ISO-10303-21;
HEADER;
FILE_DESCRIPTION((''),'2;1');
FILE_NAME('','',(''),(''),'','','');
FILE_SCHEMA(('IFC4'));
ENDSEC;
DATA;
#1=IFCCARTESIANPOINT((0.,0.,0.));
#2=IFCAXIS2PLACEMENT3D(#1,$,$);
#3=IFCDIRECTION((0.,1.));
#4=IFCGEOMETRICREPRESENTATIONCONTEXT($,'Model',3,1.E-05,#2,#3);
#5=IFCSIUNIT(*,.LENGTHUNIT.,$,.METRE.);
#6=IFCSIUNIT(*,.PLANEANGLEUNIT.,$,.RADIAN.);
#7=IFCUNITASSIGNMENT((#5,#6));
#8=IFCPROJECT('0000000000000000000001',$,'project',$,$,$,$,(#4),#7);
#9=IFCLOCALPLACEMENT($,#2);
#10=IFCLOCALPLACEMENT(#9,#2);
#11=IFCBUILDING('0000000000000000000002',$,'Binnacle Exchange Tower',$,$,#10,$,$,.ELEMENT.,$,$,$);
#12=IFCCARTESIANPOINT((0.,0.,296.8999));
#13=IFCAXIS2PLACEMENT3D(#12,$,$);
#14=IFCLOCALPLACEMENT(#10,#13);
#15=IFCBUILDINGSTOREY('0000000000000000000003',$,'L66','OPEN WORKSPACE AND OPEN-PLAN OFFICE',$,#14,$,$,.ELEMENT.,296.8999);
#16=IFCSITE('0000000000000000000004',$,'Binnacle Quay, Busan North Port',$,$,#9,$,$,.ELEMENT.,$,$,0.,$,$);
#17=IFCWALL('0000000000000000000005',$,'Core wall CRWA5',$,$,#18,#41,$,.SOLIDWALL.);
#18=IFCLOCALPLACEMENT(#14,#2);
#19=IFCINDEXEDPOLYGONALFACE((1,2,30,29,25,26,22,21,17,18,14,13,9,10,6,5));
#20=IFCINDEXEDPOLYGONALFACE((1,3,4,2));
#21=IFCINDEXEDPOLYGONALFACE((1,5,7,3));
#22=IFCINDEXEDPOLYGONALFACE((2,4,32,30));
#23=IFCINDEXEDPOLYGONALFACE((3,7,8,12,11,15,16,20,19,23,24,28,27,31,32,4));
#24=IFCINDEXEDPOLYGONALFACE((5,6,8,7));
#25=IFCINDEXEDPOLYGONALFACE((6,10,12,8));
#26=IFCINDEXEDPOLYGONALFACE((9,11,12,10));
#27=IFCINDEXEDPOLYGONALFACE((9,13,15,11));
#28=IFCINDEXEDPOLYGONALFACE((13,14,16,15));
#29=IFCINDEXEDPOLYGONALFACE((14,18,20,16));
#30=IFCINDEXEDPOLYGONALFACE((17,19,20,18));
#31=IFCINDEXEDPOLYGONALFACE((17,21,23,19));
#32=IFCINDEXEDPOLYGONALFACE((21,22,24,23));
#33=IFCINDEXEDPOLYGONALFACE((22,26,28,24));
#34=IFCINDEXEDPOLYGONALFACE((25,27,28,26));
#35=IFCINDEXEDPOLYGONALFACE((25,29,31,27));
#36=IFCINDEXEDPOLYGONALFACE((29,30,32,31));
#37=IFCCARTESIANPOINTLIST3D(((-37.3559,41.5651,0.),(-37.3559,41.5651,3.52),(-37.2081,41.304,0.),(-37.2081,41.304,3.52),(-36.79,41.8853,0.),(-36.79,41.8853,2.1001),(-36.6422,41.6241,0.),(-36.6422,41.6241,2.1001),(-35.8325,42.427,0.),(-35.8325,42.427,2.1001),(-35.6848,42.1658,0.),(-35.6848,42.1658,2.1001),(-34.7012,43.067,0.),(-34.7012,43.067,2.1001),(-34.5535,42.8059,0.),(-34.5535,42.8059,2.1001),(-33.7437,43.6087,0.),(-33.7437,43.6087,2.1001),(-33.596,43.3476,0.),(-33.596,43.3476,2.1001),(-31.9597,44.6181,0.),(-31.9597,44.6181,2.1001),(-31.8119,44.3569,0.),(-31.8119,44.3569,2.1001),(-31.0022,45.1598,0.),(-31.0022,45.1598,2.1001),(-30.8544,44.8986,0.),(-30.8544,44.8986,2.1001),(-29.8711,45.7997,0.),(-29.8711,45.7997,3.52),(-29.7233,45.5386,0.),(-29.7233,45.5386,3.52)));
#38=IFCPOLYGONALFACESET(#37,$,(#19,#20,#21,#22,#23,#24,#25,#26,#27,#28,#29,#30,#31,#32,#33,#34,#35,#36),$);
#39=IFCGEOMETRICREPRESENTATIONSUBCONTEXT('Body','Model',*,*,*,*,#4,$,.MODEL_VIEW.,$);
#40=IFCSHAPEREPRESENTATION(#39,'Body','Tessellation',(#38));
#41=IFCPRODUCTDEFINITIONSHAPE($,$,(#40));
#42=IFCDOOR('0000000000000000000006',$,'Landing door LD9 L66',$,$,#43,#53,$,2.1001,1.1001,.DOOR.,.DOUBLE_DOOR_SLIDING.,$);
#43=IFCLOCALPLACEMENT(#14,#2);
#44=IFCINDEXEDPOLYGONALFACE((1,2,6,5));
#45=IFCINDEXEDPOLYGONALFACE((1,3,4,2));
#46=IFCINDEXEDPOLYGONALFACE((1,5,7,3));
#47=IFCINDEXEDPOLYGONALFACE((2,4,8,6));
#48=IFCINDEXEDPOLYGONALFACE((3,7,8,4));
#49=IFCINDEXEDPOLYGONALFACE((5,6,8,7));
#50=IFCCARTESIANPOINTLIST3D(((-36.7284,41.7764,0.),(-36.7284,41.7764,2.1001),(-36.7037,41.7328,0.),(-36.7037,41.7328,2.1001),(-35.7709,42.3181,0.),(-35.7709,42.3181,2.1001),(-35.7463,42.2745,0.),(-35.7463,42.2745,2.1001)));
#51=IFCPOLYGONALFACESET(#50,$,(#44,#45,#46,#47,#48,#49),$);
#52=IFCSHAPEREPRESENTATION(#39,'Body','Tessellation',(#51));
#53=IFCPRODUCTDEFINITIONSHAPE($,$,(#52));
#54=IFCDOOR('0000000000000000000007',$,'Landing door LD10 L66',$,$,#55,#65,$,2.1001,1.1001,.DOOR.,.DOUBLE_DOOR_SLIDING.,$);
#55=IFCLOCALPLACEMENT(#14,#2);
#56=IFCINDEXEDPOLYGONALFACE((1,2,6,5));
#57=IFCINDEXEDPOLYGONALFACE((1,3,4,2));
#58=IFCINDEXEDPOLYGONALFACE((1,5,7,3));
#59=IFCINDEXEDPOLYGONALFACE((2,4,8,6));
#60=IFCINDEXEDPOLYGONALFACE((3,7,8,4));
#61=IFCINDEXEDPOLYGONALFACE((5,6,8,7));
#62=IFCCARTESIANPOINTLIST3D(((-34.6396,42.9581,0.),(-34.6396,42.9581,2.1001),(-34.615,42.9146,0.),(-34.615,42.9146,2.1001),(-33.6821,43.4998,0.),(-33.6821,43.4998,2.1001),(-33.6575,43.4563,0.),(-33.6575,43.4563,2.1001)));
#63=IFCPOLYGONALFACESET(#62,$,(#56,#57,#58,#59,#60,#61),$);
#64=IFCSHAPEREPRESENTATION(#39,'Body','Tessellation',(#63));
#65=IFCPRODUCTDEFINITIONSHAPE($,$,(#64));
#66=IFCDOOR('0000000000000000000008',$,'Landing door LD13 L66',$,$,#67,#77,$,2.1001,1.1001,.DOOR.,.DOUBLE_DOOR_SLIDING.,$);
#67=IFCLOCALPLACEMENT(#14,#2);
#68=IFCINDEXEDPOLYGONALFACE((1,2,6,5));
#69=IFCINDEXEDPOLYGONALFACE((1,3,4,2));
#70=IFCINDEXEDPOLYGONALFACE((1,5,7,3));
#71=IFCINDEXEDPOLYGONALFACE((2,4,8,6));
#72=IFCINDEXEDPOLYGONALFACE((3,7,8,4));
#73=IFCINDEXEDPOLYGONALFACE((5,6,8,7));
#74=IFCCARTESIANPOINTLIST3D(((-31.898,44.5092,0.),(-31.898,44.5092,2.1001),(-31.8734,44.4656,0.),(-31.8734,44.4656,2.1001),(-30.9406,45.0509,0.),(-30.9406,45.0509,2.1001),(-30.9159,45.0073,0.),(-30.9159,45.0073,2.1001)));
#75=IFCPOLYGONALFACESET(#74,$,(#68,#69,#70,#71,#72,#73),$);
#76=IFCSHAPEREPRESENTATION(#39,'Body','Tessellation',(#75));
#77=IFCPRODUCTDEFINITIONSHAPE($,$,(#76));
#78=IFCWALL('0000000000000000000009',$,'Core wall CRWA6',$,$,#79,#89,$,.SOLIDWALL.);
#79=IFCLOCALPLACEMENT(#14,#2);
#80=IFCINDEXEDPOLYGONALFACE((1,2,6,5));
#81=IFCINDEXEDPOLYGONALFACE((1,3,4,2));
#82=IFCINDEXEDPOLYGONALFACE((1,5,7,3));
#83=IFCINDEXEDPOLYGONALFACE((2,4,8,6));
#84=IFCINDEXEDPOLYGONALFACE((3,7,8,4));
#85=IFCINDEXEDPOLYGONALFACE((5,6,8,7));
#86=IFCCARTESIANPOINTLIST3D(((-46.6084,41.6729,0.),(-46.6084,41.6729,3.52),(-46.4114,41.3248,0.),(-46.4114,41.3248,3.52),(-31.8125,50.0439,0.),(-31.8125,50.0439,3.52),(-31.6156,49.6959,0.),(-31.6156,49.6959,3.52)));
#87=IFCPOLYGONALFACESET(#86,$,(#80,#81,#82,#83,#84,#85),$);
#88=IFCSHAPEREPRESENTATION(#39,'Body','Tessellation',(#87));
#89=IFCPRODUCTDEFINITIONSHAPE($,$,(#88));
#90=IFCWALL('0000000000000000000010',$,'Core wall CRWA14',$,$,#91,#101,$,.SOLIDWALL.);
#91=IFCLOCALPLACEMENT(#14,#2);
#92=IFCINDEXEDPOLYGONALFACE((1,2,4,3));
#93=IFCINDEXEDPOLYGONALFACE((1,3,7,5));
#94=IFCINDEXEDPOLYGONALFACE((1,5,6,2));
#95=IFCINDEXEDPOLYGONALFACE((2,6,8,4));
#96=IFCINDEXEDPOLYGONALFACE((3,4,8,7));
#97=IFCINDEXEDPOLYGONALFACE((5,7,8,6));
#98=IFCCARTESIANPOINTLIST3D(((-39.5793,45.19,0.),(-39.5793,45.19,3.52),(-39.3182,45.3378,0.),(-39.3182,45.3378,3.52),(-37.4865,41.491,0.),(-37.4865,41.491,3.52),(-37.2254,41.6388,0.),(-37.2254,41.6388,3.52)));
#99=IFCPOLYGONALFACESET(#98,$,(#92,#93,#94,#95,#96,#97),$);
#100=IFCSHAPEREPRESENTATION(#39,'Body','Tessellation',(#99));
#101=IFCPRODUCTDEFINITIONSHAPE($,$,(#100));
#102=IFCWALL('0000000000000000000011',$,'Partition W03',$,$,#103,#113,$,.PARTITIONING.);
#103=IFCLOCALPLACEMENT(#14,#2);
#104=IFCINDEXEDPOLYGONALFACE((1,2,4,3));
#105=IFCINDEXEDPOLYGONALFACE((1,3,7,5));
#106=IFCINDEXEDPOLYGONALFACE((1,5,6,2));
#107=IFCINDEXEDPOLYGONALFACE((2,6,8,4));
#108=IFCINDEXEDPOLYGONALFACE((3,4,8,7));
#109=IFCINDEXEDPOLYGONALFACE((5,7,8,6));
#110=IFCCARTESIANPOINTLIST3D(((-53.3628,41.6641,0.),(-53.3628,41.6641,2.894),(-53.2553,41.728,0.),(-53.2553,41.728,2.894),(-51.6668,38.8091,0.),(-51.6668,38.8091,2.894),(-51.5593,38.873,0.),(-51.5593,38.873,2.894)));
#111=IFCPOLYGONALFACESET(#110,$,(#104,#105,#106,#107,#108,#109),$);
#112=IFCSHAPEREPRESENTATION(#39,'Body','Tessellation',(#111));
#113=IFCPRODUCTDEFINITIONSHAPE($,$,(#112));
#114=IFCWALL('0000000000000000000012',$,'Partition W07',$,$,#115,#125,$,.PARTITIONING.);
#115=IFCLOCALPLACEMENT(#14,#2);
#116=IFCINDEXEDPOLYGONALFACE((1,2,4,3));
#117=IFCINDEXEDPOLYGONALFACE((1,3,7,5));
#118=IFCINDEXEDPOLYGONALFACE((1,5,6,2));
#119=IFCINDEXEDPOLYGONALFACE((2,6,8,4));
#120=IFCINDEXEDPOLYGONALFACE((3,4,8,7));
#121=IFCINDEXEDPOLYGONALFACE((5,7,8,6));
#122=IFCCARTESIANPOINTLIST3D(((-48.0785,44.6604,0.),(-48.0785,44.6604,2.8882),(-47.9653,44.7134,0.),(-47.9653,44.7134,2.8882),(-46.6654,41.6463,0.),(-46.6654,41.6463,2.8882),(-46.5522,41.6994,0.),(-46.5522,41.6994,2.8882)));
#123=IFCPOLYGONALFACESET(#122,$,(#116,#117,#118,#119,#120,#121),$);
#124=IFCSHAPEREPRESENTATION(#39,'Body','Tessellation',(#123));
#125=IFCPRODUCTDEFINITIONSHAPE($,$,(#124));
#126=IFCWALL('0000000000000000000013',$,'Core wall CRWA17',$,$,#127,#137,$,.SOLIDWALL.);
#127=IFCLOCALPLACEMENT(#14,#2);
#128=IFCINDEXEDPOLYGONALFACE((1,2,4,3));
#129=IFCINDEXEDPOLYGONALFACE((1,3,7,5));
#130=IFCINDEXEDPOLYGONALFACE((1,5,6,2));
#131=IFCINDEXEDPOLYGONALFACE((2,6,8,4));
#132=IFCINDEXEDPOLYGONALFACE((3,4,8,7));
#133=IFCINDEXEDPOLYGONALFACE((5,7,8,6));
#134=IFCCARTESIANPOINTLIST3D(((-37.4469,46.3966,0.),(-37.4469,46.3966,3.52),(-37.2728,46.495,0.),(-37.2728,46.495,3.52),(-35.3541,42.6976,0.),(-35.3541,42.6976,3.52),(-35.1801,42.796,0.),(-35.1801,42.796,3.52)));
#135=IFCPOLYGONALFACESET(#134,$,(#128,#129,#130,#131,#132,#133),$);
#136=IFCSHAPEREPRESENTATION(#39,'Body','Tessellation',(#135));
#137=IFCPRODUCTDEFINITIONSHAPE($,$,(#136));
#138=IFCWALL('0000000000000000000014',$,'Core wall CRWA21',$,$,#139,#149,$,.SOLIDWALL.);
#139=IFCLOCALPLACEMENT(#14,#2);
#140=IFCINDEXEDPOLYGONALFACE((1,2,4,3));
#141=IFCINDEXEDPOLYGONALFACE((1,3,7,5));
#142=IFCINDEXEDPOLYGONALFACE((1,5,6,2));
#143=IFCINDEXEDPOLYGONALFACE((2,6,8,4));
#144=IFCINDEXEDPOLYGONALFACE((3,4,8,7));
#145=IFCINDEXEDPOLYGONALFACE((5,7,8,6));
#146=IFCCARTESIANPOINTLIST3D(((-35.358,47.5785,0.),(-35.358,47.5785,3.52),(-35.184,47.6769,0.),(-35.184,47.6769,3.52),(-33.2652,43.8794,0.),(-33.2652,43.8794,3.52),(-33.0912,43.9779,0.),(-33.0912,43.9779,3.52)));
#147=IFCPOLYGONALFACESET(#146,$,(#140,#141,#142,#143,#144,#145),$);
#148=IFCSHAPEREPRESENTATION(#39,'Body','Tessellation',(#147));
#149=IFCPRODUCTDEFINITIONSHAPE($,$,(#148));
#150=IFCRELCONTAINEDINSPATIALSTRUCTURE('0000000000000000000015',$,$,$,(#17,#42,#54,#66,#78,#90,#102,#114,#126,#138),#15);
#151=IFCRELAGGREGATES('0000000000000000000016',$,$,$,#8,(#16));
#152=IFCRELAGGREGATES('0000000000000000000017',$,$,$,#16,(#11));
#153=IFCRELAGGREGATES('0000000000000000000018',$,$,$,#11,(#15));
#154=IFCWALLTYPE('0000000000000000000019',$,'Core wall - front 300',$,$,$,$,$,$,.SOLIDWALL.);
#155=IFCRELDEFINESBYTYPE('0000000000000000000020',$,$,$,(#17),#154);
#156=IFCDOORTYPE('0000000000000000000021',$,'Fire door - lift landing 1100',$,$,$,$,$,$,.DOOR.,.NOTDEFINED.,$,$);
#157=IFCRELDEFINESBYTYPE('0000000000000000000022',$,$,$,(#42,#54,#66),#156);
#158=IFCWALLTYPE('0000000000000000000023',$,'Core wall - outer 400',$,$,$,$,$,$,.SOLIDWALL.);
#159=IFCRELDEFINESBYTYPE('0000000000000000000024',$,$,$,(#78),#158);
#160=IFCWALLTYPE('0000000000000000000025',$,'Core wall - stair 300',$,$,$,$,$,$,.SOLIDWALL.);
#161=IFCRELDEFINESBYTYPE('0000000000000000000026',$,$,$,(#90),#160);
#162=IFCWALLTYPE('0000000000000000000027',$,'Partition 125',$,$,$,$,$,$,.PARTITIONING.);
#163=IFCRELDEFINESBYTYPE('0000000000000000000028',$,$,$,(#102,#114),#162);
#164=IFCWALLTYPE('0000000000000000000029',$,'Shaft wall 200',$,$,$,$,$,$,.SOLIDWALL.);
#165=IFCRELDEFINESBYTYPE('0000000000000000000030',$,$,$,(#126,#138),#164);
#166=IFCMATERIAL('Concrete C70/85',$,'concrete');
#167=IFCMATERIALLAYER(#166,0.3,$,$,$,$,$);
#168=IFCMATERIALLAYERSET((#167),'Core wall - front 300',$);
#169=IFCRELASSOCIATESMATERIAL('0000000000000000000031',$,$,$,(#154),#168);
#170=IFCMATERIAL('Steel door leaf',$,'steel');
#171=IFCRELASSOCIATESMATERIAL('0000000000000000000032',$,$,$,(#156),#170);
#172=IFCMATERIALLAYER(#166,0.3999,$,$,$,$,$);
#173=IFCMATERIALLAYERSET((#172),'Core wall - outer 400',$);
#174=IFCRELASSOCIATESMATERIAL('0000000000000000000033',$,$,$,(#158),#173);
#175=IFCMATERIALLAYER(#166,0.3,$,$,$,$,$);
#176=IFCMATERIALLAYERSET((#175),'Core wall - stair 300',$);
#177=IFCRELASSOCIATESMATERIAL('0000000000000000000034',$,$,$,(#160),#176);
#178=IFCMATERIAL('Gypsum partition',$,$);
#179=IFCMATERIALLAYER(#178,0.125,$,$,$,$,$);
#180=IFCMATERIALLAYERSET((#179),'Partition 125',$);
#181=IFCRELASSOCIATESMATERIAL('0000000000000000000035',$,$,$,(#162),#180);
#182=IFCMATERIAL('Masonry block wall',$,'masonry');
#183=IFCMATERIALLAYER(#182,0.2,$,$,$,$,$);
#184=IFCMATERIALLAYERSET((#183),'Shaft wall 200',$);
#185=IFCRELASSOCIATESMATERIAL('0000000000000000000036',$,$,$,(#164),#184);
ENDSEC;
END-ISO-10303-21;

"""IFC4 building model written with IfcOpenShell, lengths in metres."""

from ifc_helpers import new_model, si_unit, direction, frame, frame_2d, origin, place, context, subcontext, project, spatial, rectangle, extrude, material, layer, layer_set, type_object, element, fill, save


model = new_model("IFC4")

# Units and contexts
model_context = context("Model", 3, precision=1e-05, world=origin(), true_north=direction((0.0, 1.0)))
body_context = subcontext(model_context, "Body", "Model", "MODEL_VIEW")
ifc_project = project(units=[si_unit("LENGTHUNIT", "METRE"), si_unit("PLANEANGLEUNIT", "RADIAN")], contexts=[model_context])

# Site, building, storey
site_placement = place(None, origin())
site = spatial("IfcSite", under=ifc_project, at=site_placement, Name="Binnacle Quay, Busan North Port", CompositionType="ELEMENT", RefElevation=0.0)
building_placement = place(site_placement, origin())
building = spatial("IfcBuilding", under=site, at=building_placement, Name="Binnacle Exchange Tower", CompositionType="ELEMENT")
storey_placement = place(building_placement, frame((0.0, 0.0, 296.8999)))
storey = spatial("IfcBuildingStorey", under=building, at=storey_placement, Name="L66", Description="OPEN WORKSPACE AND OPEN-PLAN OFFICE", CompositionType="ELEMENT", Elevation=296.8999)

# Wall, openings, doors
ifc_material_1 = material(Name="Concrete C70/85", Category="concrete")
ifc_layer_1 = layer(ifc_material_1, 0.3)
ifc_layer_set_1 = layer_set([ifc_layer_1], Name="Core wall - front 300")
wall_type_1 = type_object("IfcWallType", Name="Core wall - front 300", PredefinedType="SOLIDWALL", material=ifc_layer_set_1)
wall_1_placement = place(storey_placement, frame((-37.282, 41.4346, 0.0), z_axis=(0.0, 0.0, 1.0), x_axis=(0.870361, 0.492414, 0.0)))
wall_1 = element("IfcWall", 1, at=wall_1_placement, inside=storey, type_object=wall_type_1, Name="Core wall CRWA5", PredefinedType="SOLIDWALL", context=body_context, shape_type="SweptSolid", body=[
    extrude(rectangle(XDim=8.5996, YDim=0.3, at=frame_2d((4.2998, 0.0))), origin(), (0.0, 0.0, 1.0), 3.52),
])
opening_1_placement = place(wall_1_placement, frame((0.6501, 0.0, 0.0)))
opening_1 = element("IfcOpeningElement", 2, at=opening_1_placement, cuts=wall_1, PredefinedType="OPENING", context=body_context, shape_type="SweptSolid", body=[
    extrude(rectangle(XDim=1.1001, YDim=2.1001, at=frame_2d((0.55, 1.05))), frame((0.0, 0.1599, 0.0), z_axis=(0.0, -1.0, 0.0), x_axis=(1.0, 0.0, 0.0)), (0.0, 0.0, 1.0), 0.3201),
])
opening_2_placement = place(wall_1_placement, frame((3.05, 0.0, 0.0)))
opening_2 = element("IfcOpeningElement", 3, at=opening_2_placement, cuts=wall_1, PredefinedType="OPENING", context=body_context, shape_type="SweptSolid", body=[
    extrude(rectangle(XDim=1.1001, YDim=2.1001, at=frame_2d((0.55, 1.05))), frame((0.0, 0.1599, 0.0), z_axis=(0.0, -1.0, 0.0), x_axis=(1.0, 0.0, 0.0)), (0.0, 0.0, 1.0), 0.3201),
])
opening_3_placement = place(wall_1_placement, frame((6.2, 0.0, 0.0)))
opening_3 = element("IfcOpeningElement", 4, at=opening_3_placement, cuts=wall_1, PredefinedType="OPENING", context=body_context, shape_type="SweptSolid", body=[
    extrude(rectangle(XDim=1.1001, YDim=2.1001, at=frame_2d((0.55, 1.05))), frame((0.0, 0.1599, 0.0), z_axis=(0.0, -1.0, 0.0), x_axis=(1.0, 0.0, 0.0)), (0.0, 0.0, 1.0), 0.3201),
])
ifc_material_2 = material(Name="Steel door leaf", Category="steel")
door_type = type_object("IfcDoorType", Name="Fire door - lift landing 1100", OperationType="NOTDEFINED", PredefinedType="DOOR", material=ifc_material_2)
door_1_placement = place(opening_1_placement, origin())
door_1 = element("IfcDoor", 5, at=door_1_placement, inside=storey, type_object=door_type, Name="Landing door LD9 L66", OperationType="DOUBLE_DOOR_SLIDING", OverallHeight=2.1001, OverallWidth=1.1001, PredefinedType="DOOR", context=body_context, shape_type="SweptSolid", body=[
    extrude(rectangle(XDim=1.1001, YDim=2.1001, at=frame_2d((0.55, 1.05))), frame((0.0, 0.0249, 0.0), z_axis=(0.0, -1.0, 0.0), x_axis=(1.0, 0.0, 0.0)), (0.0, 0.0, 1.0), 0.05),
])
fill(opening_1, door_1)
door_2_placement = place(opening_2_placement, origin())
door_2 = element("IfcDoor", 6, at=door_2_placement, inside=storey, type_object=door_type, Name="Landing door LD10 L66", OperationType="DOUBLE_DOOR_SLIDING", OverallHeight=2.1001, OverallWidth=1.1001, PredefinedType="DOOR", context=body_context, shape_type="SweptSolid", body=[
    extrude(rectangle(XDim=1.1001, YDim=2.1001, at=frame_2d((0.55, 1.05))), frame((0.0, 0.0249, 0.0), z_axis=(0.0, -1.0, 0.0), x_axis=(1.0, 0.0, 0.0)), (0.0, 0.0, 1.0), 0.05),
])
fill(opening_2, door_2)
door_3_placement = place(opening_3_placement, origin())
door_3 = element("IfcDoor", 7, at=door_3_placement, inside=storey, type_object=door_type, Name="Landing door LD13 L66", OperationType="DOUBLE_DOOR_SLIDING", OverallHeight=2.1001, OverallWidth=1.1001, PredefinedType="DOOR", context=body_context, shape_type="SweptSolid", body=[
    extrude(rectangle(XDim=1.1001, YDim=2.1001, at=frame_2d((0.55, 1.05))), frame((0.0, 0.0249, 0.0), z_axis=(0.0, -1.0, 0.0), x_axis=(1.0, 0.0, 0.0)), (0.0, 0.0, 1.0), 0.05),
])
fill(opening_3, door_3)

# Walls
ifc_layer_2 = layer(ifc_material_1, 0.3999)
ifc_layer_set_2 = layer_set([ifc_layer_2], Name="Core wall - outer 400")
wall_type_2 = type_object("IfcWallType", Name="Core wall - outer 400", PredefinedType="SOLIDWALL", material=ifc_layer_set_2)
wall_2_placement = place(storey_placement, frame((-46.51, 41.4988, 0.0), z_axis=(0.0, 0.0, 1.0), x_axis=(0.870356, 0.492423, 0.0)))
element("IfcWall", 8, at=wall_2_placement, inside=storey, type_object=wall_type_2, Name="Core wall CRWA6", PredefinedType="SOLIDWALL", context=body_context, shape_type="SweptSolid", body=[
    extrude(rectangle(XDim=16.9998, YDim=0.3999, at=frame_2d((8.5, 0.0))), origin(), (0.0, 0.0, 1.0), 3.52),
])
ifc_layer_3 = layer(ifc_material_1, 0.3)
ifc_layer_set_3 = layer_set([ifc_layer_3], Name="Core wall - stair 300")
wall_type_3 = type_object("IfcWallType", Name="Core wall - stair 300", PredefinedType="SOLIDWALL", material=ifc_layer_set_3)
wall_3_placement = place(storey_placement, frame((-39.4487, 45.2639, 0.0), z_axis=(0.0, 0.0, 1.0), x_axis=(0.492423, -0.870356, 0.0)))
element("IfcWall", 9, at=wall_3_placement, inside=storey, type_object=wall_type_3, Name="Core wall CRWA14", PredefinedType="SOLIDWALL", context=body_context, shape_type="SweptSolid", body=[
    extrude(rectangle(XDim=4.25, YDim=0.3, at=frame_2d((2.125, 0.0))), origin(), (0.0, 0.0, 1.0), 3.52),
])
ifc_material_3 = material(Name="Gypsum partition")
ifc_layer_4 = layer(ifc_material_3, 0.125)
ifc_layer_set_4 = layer_set([ifc_layer_4], Name="Partition 125")
wall_type_4 = type_object("IfcWallType", Name="Partition 125", PredefinedType="PARTITIONING", material=ifc_layer_set_4)
wall_4_placement = place(storey_placement, frame((-53.3091, 41.696, 0.0), z_axis=(0.0, 0.0, 1.0), x_axis=(0.510739, -0.859736, 0.0)))
element("IfcWall", 10, at=wall_4_placement, inside=storey, type_object=wall_type_4, Name="Partition W03", PredefinedType="PARTITIONING", context=body_context, shape_type="SweptSolid", body=[
    extrude(rectangle(XDim=3.3208, YDim=0.125, at=frame_2d((1.6604, 0.0))), origin(), (0.0, 0.0, 1.0), 2.894),
])
wall_5_placement = place(storey_placement, frame((-48.022, 44.687, 0.0), z_axis=(0.0, 0.0, 1.0), x_axis=(0.424511, -0.905423, 0.0)))
element("IfcWall", 11, at=wall_5_placement, inside=storey, type_object=wall_type_4, Name="Partition W07", PredefinedType="PARTITIONING", context=body_context, shape_type="SweptSolid", body=[
    extrude(rectangle(XDim=3.3289, YDim=0.125, at=frame_2d((1.6646, 0.0))), origin(), (0.0, 0.0, 1.0), 2.8882),
])
ifc_material_4 = material(Name="Masonry block wall", Category="masonry")
ifc_layer_5 = layer(ifc_material_4, 0.2)
ifc_layer_set_5 = layer_set([ifc_layer_5], Name="Shaft wall 200")
wall_type_5 = type_object("IfcWallType", Name="Shaft wall 200", PredefinedType="SOLIDWALL", material=ifc_layer_set_5)
for number, where, z_axis, x_axis, name in (
    (12, (-37.3599, 46.4458, 0.0), (0.0, 0.0, 1.0), (0.492423, -0.870356, 0.0), "Core wall CRWA17"),
    (13, (-35.271, 47.6277, 0.0), (0.0, 0.0, 1.0), (0.492423, -0.870356, 0.0), "Core wall CRWA21"),
):
    element("IfcWall", number, at=place(storey_placement, frame(where, z_axis=z_axis, x_axis=x_axis)), inside=storey, type_object=wall_type_5, Name=name, PredefinedType="SOLIDWALL", context=body_context, shape_type="SweptSolid", body=[
        extrude(rectangle(XDim=4.25, YDim=0.2, at=frame_2d((2.125, 0.0))), origin(), (0.0, 0.0, 1.0), 3.52),
    ])

save(model, "model.ifc")
